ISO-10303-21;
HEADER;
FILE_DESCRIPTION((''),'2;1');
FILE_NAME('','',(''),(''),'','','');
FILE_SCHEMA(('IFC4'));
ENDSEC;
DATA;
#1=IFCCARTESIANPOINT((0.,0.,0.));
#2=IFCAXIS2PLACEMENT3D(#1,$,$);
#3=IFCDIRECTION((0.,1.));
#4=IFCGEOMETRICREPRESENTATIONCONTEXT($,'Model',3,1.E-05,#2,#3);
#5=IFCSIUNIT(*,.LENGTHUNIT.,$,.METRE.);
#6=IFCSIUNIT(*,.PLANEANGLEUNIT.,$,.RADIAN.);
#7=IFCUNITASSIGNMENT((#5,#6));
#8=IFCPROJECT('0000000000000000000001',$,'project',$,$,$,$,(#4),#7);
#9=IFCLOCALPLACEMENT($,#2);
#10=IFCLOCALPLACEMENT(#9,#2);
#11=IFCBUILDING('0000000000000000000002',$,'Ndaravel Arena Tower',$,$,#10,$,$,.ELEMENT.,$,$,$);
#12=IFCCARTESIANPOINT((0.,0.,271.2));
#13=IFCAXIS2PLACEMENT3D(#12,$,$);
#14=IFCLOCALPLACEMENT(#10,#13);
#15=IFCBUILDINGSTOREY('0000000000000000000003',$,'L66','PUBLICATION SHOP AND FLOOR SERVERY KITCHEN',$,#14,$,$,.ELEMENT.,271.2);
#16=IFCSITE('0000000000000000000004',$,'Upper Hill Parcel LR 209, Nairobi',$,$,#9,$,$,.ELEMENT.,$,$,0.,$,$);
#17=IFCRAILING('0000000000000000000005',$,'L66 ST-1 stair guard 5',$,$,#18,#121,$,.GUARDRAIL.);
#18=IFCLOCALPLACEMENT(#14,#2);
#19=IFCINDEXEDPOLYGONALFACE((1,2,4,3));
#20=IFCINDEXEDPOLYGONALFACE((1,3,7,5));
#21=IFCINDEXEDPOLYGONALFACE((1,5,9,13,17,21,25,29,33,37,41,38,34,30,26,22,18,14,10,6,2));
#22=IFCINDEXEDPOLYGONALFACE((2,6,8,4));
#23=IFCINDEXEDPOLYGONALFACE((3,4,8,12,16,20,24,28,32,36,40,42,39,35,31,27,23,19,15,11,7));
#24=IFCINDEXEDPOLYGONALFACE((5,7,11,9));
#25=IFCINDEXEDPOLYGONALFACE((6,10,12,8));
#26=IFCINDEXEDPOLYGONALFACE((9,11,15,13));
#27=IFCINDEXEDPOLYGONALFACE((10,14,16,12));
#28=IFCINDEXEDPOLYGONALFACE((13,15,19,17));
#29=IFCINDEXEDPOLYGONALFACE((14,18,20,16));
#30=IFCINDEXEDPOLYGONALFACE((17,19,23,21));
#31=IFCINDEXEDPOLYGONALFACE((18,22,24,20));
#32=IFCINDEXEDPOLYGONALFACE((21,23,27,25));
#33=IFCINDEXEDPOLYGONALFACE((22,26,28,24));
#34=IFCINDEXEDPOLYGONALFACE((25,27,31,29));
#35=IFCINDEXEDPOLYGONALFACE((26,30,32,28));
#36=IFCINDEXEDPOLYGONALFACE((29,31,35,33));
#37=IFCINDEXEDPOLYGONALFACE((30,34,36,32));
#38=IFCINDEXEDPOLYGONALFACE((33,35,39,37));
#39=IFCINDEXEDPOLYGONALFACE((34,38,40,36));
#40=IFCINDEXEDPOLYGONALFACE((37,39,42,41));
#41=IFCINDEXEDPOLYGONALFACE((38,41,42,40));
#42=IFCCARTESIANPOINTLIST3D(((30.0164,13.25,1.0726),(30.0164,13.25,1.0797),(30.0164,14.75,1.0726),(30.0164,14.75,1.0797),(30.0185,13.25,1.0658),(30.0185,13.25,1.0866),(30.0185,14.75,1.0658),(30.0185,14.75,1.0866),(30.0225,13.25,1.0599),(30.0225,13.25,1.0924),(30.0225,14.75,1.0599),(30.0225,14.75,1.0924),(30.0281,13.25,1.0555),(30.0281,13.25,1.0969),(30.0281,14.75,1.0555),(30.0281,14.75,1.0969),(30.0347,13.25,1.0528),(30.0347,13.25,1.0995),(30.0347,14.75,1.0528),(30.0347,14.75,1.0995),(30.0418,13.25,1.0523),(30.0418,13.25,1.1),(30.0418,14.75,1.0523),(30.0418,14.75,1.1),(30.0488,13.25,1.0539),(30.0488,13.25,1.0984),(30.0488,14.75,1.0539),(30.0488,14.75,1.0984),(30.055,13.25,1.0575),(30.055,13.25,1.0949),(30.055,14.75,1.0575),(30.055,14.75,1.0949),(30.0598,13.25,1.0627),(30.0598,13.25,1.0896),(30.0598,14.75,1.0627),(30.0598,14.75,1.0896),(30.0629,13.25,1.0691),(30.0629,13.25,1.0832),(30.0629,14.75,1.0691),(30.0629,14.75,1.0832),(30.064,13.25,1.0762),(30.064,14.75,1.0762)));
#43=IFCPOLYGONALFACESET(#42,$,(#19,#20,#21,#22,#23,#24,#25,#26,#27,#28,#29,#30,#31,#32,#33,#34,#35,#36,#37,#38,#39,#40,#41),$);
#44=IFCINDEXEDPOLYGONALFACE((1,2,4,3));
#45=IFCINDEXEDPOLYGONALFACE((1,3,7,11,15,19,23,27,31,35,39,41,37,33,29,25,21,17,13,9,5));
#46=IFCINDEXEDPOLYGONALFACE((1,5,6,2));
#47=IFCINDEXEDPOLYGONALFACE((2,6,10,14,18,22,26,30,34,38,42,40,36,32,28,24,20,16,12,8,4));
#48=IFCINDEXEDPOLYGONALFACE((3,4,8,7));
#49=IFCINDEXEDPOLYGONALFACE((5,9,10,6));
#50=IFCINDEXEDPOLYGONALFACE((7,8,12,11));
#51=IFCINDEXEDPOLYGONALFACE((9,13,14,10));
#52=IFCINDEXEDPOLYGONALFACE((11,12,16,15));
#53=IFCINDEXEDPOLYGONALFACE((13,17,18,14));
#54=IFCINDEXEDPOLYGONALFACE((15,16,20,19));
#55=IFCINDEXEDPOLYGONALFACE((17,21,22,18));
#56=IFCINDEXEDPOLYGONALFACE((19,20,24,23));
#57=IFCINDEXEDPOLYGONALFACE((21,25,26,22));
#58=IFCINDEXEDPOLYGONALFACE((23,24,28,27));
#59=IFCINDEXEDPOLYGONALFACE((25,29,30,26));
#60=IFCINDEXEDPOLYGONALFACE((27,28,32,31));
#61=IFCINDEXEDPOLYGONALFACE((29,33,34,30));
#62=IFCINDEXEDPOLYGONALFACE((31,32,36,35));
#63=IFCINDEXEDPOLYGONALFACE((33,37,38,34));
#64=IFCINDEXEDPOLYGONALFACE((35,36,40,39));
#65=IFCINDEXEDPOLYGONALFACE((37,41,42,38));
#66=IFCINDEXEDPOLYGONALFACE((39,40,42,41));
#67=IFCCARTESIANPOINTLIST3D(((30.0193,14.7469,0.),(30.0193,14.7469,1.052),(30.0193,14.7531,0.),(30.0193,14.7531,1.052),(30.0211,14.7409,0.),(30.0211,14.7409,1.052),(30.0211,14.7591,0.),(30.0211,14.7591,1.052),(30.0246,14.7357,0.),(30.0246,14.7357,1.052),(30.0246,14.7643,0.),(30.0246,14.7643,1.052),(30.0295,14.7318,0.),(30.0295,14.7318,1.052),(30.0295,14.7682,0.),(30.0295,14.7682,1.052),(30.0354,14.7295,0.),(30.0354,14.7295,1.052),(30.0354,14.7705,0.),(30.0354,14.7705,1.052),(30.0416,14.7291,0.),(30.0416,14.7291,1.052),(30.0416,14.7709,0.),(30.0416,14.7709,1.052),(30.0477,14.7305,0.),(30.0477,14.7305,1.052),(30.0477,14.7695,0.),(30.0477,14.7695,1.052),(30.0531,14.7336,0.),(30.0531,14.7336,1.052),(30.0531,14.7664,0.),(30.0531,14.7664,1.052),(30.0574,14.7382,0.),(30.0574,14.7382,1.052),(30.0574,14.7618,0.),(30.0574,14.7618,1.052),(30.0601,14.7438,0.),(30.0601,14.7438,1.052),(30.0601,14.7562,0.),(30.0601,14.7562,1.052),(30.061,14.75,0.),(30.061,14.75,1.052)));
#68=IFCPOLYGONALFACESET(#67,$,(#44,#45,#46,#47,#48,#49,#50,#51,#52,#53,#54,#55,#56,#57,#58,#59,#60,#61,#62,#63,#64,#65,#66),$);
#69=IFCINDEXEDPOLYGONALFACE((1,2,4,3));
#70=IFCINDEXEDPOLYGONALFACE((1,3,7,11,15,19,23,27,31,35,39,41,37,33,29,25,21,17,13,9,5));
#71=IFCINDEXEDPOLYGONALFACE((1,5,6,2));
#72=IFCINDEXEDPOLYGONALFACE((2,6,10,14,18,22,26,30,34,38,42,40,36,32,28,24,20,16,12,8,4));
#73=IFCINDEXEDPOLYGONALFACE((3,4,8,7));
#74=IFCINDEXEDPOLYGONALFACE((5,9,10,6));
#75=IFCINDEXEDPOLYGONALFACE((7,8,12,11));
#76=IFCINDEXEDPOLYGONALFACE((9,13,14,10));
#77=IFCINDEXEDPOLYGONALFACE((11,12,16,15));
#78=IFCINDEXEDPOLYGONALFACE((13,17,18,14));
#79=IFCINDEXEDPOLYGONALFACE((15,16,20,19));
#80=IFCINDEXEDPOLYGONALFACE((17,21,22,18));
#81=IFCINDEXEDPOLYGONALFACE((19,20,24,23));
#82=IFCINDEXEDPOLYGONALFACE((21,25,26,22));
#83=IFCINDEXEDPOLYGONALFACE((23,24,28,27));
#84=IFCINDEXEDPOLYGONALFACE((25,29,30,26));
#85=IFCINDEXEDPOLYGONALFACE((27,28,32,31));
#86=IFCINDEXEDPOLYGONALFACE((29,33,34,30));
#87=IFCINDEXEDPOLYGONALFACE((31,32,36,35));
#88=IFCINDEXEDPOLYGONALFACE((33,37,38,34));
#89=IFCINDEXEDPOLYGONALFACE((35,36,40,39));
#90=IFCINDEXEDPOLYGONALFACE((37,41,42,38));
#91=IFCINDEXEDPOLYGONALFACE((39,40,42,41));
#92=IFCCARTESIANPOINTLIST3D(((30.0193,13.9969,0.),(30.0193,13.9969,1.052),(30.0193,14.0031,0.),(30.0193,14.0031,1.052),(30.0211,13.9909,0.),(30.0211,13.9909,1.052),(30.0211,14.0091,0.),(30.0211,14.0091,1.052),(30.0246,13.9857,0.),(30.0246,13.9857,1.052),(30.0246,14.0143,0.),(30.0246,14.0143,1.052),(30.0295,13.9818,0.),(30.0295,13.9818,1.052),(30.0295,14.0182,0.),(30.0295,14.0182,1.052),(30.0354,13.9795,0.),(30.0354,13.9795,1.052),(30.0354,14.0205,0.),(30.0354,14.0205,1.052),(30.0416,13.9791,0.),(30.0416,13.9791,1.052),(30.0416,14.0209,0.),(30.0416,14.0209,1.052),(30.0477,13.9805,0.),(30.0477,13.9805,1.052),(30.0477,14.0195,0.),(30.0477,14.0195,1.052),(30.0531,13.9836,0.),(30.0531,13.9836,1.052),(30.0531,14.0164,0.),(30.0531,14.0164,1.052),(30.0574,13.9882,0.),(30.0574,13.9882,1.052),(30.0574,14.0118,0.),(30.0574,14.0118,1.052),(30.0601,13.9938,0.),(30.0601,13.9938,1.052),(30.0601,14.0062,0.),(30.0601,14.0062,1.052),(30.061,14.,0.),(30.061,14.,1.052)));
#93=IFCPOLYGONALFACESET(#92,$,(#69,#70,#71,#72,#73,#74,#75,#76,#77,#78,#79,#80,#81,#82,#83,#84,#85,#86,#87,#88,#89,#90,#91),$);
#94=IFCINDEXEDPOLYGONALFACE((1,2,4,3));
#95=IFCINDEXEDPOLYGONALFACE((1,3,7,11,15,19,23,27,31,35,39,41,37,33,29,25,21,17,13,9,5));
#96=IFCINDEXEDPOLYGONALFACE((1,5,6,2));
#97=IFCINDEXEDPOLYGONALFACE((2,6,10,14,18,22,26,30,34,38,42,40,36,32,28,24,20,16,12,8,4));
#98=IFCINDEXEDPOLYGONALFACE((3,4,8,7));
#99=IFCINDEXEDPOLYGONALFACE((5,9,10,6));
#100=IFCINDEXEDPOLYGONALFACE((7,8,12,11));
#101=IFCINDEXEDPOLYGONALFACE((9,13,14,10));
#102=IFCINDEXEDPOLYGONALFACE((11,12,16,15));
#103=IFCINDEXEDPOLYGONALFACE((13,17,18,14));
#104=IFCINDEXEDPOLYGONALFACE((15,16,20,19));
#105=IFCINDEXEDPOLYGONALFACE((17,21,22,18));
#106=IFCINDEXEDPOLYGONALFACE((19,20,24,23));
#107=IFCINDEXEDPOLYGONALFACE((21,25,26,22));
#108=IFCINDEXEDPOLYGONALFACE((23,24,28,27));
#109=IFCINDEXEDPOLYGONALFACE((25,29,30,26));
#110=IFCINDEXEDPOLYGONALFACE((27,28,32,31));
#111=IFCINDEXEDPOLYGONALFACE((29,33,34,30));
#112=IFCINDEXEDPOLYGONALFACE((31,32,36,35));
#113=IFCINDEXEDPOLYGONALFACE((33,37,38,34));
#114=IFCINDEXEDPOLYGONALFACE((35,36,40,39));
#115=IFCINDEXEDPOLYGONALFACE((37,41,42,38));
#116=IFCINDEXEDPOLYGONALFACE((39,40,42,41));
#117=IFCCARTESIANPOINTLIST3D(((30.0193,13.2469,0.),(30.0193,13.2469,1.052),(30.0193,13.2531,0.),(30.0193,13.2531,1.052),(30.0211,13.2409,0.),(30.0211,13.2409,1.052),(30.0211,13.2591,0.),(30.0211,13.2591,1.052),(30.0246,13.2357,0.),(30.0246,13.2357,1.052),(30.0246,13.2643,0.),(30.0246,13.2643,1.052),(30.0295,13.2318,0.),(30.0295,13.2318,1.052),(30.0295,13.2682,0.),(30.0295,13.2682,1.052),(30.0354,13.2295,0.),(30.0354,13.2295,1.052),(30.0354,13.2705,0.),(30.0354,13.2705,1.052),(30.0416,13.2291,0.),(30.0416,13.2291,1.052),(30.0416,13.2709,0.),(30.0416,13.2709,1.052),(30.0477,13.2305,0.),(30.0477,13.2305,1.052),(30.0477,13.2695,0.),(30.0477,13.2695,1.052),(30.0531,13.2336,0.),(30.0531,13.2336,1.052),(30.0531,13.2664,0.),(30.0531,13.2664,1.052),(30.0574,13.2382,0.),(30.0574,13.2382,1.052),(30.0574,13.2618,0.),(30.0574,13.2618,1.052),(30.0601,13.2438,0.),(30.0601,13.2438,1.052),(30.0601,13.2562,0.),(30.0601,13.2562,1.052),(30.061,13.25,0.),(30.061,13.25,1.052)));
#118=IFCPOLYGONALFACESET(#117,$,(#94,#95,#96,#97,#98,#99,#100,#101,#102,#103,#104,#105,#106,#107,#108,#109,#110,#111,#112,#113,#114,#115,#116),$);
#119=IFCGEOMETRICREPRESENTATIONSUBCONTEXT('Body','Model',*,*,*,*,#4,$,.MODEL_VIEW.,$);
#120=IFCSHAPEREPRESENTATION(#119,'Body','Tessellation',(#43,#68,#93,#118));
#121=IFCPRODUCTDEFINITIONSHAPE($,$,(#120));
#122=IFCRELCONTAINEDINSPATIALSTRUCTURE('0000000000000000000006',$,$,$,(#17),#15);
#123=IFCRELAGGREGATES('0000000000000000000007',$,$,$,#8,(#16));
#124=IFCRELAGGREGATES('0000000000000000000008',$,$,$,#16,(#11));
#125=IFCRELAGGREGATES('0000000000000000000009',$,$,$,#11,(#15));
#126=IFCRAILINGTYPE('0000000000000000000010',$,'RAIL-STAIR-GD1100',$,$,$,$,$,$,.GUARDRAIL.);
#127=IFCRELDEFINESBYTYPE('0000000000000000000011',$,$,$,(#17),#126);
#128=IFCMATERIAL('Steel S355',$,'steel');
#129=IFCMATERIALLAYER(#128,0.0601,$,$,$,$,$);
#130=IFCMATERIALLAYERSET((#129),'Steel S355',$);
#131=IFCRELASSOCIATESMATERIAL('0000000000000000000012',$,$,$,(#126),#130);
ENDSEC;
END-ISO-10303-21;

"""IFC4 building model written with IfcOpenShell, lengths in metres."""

from ifc_helpers import new_model, si_unit, direction, frame, origin, origin_2d, place, context, subcontext, project, spatial, circle, extrude, material, layer, layer_set, type_object, element, save


model = new_model("IFC4")

# Units and contexts
model_context = context("Model", 3, precision=1e-05, world=origin(), true_north=direction((0.0, 1.0)))
body_context = subcontext(model_context, "Body", "Model", "MODEL_VIEW")
ifc_project = project(units=[si_unit("LENGTHUNIT", "METRE"), si_unit("PLANEANGLEUNIT", "RADIAN")], contexts=[model_context])

# Site, building, storey
site_placement = place(None, origin())
site = spatial("IfcSite", under=ifc_project, at=site_placement, Name="Upper Hill Parcel LR 209, Nairobi", CompositionType="ELEMENT", RefElevation=0.0)
building_placement = place(site_placement, origin())
building = spatial("IfcBuilding", under=site, at=building_placement, Name="Ndaravel Arena Tower", CompositionType="ELEMENT")
storey_placement = place(building_placement, frame((0.0, 0.0, 271.2)))
storey = spatial("IfcBuildingStorey", under=building, at=storey_placement, Name="L66", Description="PUBLICATION SHOP AND FLOOR SERVERY KITCHEN", CompositionType="ELEMENT", Elevation=271.2)

# Railing
ifc_material_1 = material(Name="Steel S355", Category="steel")
ifc_layer_1 = layer(ifc_material_1, 0.0601)
ifc_layer_set_1 = layer_set([ifc_layer_1], Name="Steel S355")
railing_type = type_object("IfcRailingType", Name="RAIL-STAIR-GD1100", PredefinedType="GUARDRAIL", material=ifc_layer_set_1)
railing_1_placement = place(storey_placement, frame((30.04, 14.75, 0.0)))
element("IfcRailing", 1, at=railing_1_placement, inside=storey, type_object=railing_type, Name="L66 ST-1 stair guard 5", PredefinedType="GUARDRAIL", context=body_context, shape_type="SweptSolid", body=[
    extrude(circle(Radius=0.0239, at=origin_2d()), frame((0.0, 0.0, 1.0762), z_axis=(0.0, -1.0, 0.0), x_axis=(1.0, 0.0, 0.0)), (0.0, 0.0, 1.0), 1.5),
    extrude(circle(Radius=0.021, at=origin_2d()), origin(), (0.0, 0.0, 1.0), 1.052),
    extrude(circle(Radius=0.021, at=origin_2d()), frame((0.0, -0.75, 0.0)), (0.0, 0.0, 1.0), 1.052),
    extrude(circle(Radius=0.021, at=origin_2d()), frame((0.0, -1.5, 0.0)), (0.0, 0.0, 1.0), 1.052),
])

save(model, "model.ifc")
